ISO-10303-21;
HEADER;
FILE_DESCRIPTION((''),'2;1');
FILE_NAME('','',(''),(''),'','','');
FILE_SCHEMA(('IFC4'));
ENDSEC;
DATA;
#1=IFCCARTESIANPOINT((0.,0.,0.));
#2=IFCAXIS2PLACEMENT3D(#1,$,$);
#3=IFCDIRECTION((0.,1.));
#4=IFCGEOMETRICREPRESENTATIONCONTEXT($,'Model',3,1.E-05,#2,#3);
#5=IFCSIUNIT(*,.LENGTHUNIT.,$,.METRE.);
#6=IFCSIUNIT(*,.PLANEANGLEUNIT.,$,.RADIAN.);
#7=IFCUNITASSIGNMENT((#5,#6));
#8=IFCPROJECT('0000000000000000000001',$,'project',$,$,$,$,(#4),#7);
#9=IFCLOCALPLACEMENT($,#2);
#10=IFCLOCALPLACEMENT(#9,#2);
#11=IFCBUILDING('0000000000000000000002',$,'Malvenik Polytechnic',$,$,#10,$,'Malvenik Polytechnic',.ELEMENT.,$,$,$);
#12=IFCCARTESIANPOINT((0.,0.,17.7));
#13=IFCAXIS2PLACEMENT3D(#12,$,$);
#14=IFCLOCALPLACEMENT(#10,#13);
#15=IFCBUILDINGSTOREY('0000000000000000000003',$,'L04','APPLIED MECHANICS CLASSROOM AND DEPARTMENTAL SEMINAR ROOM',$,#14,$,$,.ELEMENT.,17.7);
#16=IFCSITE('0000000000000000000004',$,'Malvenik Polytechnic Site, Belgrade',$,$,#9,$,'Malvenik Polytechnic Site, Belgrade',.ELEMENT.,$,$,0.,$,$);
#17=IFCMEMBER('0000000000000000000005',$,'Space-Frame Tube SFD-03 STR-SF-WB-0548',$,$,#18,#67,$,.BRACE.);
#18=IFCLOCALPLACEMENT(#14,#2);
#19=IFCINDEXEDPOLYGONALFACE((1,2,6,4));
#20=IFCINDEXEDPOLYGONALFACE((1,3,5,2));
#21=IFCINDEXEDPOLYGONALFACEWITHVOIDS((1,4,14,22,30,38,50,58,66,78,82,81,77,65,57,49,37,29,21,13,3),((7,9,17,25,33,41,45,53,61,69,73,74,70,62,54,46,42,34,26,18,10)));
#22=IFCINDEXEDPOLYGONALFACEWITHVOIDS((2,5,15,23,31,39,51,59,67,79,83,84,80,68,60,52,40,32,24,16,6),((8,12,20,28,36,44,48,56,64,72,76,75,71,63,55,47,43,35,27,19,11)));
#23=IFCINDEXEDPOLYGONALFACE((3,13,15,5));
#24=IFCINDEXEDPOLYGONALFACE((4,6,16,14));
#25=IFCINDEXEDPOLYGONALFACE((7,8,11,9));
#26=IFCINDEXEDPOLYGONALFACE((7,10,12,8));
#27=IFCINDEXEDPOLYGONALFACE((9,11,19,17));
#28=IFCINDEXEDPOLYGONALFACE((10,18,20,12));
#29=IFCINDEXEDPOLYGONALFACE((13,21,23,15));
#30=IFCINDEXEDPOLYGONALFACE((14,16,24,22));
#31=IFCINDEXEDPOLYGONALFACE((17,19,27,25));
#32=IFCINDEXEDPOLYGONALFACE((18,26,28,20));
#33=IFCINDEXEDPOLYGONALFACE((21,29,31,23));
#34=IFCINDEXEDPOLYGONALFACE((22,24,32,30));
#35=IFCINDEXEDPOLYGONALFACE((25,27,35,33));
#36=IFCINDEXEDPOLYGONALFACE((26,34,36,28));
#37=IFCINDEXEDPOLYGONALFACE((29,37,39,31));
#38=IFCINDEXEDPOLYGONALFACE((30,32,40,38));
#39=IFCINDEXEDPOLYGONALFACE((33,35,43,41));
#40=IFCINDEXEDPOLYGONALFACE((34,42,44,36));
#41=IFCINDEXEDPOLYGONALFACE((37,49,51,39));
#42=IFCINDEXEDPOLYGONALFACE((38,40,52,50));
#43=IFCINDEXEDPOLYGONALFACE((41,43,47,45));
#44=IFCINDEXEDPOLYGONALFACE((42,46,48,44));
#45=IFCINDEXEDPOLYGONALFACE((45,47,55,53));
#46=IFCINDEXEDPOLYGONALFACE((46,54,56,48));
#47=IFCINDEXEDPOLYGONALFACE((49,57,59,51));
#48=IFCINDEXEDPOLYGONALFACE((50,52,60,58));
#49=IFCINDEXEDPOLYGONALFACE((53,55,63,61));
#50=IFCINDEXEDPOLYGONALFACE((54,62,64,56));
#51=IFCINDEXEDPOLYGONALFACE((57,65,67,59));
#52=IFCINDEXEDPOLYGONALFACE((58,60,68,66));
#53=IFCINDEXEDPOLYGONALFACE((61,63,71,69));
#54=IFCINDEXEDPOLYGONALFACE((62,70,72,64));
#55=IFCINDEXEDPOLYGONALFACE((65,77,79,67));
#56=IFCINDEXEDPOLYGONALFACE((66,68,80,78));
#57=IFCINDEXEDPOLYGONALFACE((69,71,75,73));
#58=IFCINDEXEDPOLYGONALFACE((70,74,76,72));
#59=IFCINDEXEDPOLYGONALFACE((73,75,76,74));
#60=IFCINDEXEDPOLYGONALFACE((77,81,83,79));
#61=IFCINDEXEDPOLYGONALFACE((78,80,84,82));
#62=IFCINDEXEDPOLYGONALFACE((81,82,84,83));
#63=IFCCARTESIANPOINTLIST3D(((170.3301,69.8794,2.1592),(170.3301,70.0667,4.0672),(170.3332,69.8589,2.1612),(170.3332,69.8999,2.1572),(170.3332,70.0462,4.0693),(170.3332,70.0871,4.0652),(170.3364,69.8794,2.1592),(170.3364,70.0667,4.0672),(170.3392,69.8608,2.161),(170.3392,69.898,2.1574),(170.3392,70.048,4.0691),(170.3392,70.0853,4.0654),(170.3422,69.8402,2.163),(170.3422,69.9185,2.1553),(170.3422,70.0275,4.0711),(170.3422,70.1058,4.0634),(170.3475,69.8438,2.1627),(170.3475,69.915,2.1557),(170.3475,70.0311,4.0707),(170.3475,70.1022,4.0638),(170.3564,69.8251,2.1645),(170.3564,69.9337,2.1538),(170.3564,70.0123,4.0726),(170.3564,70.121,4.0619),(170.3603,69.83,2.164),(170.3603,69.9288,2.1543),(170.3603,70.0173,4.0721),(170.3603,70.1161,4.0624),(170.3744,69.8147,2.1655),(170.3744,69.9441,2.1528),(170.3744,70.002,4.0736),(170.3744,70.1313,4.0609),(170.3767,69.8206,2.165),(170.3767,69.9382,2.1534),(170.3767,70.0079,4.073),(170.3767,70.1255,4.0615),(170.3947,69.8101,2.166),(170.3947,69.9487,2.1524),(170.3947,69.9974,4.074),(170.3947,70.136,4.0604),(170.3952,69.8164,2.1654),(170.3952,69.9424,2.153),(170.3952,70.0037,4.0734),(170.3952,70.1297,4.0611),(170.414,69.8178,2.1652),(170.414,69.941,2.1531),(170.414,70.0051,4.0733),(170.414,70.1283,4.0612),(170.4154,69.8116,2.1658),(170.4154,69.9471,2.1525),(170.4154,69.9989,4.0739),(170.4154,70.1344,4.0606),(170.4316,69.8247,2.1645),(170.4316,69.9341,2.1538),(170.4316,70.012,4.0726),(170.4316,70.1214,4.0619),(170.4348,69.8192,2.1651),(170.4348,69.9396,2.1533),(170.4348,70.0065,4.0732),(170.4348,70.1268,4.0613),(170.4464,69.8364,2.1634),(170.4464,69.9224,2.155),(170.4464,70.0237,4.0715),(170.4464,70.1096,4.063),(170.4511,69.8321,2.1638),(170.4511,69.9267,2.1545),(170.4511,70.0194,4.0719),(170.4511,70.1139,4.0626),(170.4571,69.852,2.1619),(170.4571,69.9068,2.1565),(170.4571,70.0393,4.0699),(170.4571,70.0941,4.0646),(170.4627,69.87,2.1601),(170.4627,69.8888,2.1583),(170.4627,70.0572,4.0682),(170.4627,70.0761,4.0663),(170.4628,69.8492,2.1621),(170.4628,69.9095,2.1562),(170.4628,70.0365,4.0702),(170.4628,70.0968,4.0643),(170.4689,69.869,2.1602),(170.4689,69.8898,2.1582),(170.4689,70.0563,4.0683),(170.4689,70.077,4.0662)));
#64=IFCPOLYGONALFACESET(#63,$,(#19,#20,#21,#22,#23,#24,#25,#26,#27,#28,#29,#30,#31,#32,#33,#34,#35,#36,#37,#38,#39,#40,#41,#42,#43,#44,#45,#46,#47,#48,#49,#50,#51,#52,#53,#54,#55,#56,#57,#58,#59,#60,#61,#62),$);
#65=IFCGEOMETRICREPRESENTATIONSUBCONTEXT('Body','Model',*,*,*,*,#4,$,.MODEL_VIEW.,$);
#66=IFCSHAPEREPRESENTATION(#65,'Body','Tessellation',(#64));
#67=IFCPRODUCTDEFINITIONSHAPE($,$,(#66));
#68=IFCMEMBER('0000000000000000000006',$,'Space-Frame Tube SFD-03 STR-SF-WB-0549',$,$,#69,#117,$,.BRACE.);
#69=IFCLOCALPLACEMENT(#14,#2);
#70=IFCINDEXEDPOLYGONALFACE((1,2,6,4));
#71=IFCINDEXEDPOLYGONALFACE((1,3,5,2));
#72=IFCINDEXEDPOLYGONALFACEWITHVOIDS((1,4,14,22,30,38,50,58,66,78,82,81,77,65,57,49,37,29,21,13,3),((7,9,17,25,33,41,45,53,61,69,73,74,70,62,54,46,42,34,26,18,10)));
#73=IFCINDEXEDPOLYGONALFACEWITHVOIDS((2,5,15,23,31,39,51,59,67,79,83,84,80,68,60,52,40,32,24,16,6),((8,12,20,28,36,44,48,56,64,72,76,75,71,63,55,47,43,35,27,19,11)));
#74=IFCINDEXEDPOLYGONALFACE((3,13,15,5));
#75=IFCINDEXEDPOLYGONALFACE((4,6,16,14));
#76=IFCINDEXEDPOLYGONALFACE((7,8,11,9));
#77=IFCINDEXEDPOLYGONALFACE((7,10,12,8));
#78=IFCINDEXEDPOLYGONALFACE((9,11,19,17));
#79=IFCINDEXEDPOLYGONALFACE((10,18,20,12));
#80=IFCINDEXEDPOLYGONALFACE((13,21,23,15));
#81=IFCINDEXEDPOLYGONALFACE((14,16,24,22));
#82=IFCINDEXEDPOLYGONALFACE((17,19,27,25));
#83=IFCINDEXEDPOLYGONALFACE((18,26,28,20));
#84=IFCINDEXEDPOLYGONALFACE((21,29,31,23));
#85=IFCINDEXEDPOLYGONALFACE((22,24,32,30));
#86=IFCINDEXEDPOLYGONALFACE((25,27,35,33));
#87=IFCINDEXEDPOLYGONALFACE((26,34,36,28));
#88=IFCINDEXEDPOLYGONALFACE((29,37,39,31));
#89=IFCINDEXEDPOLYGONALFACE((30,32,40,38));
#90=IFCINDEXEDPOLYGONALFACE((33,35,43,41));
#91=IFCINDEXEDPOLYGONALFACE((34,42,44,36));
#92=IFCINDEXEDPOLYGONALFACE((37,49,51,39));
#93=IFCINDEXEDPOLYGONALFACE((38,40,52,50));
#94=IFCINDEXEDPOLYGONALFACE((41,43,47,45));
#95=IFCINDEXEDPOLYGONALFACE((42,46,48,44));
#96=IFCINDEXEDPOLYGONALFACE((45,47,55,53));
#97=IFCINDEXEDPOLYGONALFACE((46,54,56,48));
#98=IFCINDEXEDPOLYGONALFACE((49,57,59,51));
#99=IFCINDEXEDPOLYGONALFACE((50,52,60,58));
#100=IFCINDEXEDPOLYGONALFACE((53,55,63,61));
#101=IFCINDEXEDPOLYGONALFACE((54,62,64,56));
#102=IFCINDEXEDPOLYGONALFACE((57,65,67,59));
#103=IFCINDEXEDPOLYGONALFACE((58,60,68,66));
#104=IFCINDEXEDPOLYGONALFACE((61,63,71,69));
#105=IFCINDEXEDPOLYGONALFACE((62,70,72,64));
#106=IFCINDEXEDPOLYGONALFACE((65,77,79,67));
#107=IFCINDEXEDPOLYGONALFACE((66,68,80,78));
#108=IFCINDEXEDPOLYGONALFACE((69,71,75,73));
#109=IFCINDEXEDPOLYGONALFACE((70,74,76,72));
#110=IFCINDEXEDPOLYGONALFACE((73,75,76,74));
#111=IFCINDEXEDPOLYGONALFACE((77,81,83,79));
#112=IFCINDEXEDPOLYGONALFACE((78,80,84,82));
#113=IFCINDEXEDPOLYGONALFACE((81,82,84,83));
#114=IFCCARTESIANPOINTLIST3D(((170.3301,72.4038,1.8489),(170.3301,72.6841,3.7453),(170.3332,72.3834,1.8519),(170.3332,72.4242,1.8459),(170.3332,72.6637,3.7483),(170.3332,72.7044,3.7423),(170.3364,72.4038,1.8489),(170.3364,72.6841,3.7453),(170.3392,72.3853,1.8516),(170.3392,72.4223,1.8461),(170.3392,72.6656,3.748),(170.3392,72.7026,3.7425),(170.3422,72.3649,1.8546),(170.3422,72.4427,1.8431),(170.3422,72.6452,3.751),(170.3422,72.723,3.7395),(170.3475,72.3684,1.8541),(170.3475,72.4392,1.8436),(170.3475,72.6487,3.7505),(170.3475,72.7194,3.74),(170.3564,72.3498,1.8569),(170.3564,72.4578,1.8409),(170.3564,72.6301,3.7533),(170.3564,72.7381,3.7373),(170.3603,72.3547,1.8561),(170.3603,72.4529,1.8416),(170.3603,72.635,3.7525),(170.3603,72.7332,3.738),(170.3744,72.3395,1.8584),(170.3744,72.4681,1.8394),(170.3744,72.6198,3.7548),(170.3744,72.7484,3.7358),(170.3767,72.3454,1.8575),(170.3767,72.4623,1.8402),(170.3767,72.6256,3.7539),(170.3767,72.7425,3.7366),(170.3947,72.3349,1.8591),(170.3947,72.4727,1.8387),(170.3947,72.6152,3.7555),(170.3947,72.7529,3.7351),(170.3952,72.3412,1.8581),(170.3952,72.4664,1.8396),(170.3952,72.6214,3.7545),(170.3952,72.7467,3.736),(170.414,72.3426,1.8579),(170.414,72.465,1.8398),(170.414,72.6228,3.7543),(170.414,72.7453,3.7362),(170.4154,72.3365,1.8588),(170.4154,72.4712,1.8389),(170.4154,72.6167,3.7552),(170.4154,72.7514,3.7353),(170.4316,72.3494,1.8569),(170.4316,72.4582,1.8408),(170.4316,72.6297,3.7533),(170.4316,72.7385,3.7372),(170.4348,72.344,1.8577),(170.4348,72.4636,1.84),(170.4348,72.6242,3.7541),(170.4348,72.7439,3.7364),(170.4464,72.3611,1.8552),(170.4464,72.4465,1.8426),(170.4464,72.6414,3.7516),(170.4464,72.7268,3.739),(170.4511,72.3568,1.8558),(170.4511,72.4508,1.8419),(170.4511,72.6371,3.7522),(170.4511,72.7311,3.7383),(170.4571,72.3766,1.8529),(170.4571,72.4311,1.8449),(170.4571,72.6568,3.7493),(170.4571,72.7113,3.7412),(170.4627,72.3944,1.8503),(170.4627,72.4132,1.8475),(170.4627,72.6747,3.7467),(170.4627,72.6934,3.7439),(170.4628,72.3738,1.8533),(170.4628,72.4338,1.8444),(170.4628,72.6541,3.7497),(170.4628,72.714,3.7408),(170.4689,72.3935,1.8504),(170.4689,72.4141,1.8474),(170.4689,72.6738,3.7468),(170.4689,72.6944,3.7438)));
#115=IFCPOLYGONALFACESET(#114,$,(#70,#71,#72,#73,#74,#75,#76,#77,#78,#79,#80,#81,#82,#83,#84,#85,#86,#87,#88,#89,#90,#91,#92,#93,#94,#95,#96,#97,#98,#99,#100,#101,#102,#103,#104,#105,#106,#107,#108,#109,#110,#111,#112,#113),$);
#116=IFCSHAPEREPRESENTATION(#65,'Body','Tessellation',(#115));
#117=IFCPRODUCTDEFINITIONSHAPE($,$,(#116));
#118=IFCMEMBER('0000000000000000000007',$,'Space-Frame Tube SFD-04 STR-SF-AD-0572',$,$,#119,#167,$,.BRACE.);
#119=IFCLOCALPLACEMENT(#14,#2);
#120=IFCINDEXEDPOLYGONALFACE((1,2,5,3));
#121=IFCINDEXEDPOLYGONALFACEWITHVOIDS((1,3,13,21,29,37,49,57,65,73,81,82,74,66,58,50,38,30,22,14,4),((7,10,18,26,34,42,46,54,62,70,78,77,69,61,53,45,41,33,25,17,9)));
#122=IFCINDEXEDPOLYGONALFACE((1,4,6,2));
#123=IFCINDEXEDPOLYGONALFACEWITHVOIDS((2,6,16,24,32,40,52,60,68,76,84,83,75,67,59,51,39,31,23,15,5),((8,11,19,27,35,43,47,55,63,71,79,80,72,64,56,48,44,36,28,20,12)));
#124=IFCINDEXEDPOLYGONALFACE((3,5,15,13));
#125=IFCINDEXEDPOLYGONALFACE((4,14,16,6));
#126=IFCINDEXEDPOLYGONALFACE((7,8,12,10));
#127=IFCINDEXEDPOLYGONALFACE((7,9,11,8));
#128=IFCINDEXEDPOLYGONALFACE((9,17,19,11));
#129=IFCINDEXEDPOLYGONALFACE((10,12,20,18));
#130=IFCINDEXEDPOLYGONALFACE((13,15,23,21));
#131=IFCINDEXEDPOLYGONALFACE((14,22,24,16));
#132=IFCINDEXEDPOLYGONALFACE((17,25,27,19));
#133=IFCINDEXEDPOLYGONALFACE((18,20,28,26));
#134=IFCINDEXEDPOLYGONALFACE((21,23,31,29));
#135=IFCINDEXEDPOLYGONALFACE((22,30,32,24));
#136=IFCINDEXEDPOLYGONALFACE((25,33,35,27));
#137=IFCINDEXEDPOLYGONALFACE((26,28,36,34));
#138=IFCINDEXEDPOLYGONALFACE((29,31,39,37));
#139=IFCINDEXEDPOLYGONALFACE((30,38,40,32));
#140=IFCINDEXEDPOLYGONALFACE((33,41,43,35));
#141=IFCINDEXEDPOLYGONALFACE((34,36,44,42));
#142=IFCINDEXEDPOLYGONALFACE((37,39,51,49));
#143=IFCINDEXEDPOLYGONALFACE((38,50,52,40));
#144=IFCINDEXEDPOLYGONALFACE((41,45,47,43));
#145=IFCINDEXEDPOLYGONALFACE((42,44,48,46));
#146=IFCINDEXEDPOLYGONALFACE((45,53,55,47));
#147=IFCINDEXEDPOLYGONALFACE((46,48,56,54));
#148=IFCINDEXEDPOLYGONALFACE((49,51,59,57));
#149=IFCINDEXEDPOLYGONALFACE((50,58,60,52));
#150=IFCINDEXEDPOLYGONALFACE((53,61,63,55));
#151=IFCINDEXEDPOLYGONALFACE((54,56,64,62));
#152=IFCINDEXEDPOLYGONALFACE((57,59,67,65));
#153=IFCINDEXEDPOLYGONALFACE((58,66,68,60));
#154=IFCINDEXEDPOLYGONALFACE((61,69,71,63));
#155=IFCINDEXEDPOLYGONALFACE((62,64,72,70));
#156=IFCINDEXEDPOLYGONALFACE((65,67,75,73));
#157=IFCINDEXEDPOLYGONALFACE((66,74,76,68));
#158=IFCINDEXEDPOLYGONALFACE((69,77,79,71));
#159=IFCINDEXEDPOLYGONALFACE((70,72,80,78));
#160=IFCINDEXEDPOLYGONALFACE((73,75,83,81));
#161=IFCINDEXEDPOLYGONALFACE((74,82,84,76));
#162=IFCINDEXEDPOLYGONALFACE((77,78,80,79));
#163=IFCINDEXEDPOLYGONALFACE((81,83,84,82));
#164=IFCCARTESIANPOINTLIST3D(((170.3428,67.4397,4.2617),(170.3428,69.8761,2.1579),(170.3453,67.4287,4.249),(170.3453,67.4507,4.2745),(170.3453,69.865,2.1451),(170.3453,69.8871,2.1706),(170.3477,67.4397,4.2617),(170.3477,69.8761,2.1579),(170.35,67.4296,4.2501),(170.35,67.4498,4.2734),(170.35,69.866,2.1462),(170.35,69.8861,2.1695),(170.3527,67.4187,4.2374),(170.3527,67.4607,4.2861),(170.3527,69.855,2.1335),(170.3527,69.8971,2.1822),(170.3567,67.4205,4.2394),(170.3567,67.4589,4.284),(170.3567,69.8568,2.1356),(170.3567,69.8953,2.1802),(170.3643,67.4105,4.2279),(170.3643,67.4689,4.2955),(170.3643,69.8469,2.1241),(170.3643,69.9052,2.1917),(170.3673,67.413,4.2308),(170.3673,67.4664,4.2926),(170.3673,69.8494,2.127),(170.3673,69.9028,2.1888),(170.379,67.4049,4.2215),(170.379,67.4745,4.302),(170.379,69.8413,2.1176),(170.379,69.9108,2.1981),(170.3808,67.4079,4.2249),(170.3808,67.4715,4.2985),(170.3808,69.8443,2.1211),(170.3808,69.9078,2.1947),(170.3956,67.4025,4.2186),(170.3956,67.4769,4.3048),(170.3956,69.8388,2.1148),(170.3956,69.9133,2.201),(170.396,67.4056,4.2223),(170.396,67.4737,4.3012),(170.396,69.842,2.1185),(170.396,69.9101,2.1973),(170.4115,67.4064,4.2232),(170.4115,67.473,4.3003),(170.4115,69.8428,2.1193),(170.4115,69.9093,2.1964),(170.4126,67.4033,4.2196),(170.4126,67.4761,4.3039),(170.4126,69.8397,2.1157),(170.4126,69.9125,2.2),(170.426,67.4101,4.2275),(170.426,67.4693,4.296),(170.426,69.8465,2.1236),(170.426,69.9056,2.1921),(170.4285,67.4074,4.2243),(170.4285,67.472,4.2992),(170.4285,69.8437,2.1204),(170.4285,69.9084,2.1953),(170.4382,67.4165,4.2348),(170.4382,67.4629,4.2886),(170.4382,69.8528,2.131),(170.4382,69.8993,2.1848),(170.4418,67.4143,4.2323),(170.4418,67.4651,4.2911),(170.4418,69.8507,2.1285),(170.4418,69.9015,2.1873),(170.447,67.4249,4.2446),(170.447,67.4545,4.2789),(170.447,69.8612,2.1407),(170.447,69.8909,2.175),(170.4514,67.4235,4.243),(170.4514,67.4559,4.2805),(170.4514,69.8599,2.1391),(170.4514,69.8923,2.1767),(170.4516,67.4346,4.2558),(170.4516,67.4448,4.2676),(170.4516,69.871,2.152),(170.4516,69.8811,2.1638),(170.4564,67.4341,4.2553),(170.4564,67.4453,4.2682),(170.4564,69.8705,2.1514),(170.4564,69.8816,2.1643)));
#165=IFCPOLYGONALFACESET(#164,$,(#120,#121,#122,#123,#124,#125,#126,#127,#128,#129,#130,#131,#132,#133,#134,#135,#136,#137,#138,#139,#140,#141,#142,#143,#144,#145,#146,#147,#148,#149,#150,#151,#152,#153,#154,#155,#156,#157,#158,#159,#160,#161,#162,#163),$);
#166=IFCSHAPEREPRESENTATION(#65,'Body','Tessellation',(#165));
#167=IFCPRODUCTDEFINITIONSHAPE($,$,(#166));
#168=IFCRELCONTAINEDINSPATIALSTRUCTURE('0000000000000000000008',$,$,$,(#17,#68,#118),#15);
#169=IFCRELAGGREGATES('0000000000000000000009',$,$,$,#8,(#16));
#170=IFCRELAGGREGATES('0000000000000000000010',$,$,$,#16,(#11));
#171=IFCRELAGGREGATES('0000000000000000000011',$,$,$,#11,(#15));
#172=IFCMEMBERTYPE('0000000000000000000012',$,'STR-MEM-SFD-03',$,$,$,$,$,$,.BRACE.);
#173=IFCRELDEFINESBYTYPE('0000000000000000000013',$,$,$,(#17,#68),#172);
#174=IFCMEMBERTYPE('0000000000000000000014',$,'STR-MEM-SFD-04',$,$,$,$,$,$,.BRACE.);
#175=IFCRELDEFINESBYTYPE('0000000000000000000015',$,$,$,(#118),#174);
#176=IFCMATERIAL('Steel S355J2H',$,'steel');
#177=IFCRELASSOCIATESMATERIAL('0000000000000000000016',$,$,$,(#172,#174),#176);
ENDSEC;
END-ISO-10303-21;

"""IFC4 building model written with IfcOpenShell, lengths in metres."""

from ifc_helpers import new_model, si_unit, direction, frame, origin, origin_2d, place, context, subcontext, project, spatial, hollow_circle, extrude, material, material_profile, profile_set, type_object, element, save


model = new_model("IFC4")

# Units and contexts
model_context = context("Model", 3, precision=1e-05, world=origin(), true_north=direction((0.0, 1.0)))
body_context = subcontext(model_context, "Body", "Model", "MODEL_VIEW")
ifc_project = project(units=[si_unit("LENGTHUNIT", "METRE"), si_unit("PLANEANGLEUNIT", "RADIAN")], contexts=[model_context])

# Site, building, storey
site_placement = place(None, origin())
site = spatial("IfcSite", under=ifc_project, at=site_placement, Name="Malvenik Polytechnic Site, Belgrade", LongName="Malvenik Polytechnic Site, Belgrade", CompositionType="ELEMENT", RefElevation=0.0)
building_placement = place(site_placement, origin())
building = spatial("IfcBuilding", under=site, at=building_placement, Name="Malvenik Polytechnic", LongName="Malvenik Polytechnic", CompositionType="ELEMENT")
storey_placement = place(building_placement, frame((0.0, 0.0, 17.7)))
storey = spatial("IfcBuildingStorey", under=building, at=storey_placement, Name="L04", Description="APPLIED MECHANICS CLASSROOM AND DEPARTMENTAL SEMINAR ROOM", CompositionType="ELEMENT", Elevation=17.7)

# Members
ifc_material_1 = material(Name="Steel S355J2H", Category="steel")
ifc_material_profile_1 = material_profile(ifc_material_1, hollow_circle(Radius=0.0698, WallThickness=0.0063, at=origin_2d()), Name="CHS 139.7x6.3")
ifc_profile_set_1 = profile_set([ifc_material_profile_1], Name="Steel S355J2H")
member_type_1 = type_object("IfcMemberType", Name="STR-MEM-SFD-03", PredefinedType="BRACE", material=ifc_profile_set_1)
member_1_placement = place(storey_placement, frame((170.3999, 69.8794, 2.1592), z_axis=(0.0, 0.097675, 0.995218), x_axis=(-1.0, 0.0, 0.0)))
element("IfcMember", 1, at=member_1_placement, inside=storey, type_object=member_type_1, Name="Space-Frame Tube SFD-03 STR-SF-WB-0548", PredefinedType="BRACE", context=body_context, shape_type="SweptSolid", body=[
    extrude(hollow_circle(Radius=0.0698, WallThickness=0.0063, at=origin_2d()), origin(), (0.0, 0.0, 1.0), 1.9172),
])
member_2_placement = place(storey_placement, frame((170.3999, 72.4038, 1.8489), z_axis=(0.0, 0.146198, 0.989255), x_axis=(-1.0, 0.0, 0.0)))
element("IfcMember", 2, at=member_2_placement, inside=storey, type_object=member_type_1, Name="Space-Frame Tube SFD-03 STR-SF-WB-0549", PredefinedType="BRACE", context=body_context, shape_type="SweptSolid", body=[
    extrude(hollow_circle(Radius=0.0698, WallThickness=0.0063, at=origin_2d()), origin(), (0.0, 0.0, 1.0), 1.917),
])
ifc_material_profile_2 = material_profile(ifc_material_1, hollow_circle(Radius=0.0571, WallThickness=0.0049, at=origin_2d()), Name="CHS 114.3x5.0")
ifc_profile_set_2 = profile_set([ifc_material_profile_2], Name="Steel S355J2H")
member_type_2 = type_object("IfcMemberType", Name="STR-MEM-SFD-04", PredefinedType="BRACE", material=ifc_profile_set_2)
for number, where, z_axis, x_axis, name in (
    (3, (170.3999, 67.4397, 4.2617), (0.0, 0.756869, -0.653567), (-1.0, 0.0, 0.0), "Space-Frame Tube SFD-04 STR-SF-AD-0572"),
):
    element("IfcMember", number, at=place(storey_placement, frame(where, z_axis=z_axis, x_axis=x_axis)), inside=storey, type_object=member_type_2, Name=name, PredefinedType="BRACE", context=body_context, shape_type="SweptSolid", body=[
        extrude(hollow_circle(Radius=0.0571, WallThickness=0.0049, at=origin_2d()), origin(), (0.0, 0.0, 1.0), 3.219),
    ])

save(model, "model.ifc")
